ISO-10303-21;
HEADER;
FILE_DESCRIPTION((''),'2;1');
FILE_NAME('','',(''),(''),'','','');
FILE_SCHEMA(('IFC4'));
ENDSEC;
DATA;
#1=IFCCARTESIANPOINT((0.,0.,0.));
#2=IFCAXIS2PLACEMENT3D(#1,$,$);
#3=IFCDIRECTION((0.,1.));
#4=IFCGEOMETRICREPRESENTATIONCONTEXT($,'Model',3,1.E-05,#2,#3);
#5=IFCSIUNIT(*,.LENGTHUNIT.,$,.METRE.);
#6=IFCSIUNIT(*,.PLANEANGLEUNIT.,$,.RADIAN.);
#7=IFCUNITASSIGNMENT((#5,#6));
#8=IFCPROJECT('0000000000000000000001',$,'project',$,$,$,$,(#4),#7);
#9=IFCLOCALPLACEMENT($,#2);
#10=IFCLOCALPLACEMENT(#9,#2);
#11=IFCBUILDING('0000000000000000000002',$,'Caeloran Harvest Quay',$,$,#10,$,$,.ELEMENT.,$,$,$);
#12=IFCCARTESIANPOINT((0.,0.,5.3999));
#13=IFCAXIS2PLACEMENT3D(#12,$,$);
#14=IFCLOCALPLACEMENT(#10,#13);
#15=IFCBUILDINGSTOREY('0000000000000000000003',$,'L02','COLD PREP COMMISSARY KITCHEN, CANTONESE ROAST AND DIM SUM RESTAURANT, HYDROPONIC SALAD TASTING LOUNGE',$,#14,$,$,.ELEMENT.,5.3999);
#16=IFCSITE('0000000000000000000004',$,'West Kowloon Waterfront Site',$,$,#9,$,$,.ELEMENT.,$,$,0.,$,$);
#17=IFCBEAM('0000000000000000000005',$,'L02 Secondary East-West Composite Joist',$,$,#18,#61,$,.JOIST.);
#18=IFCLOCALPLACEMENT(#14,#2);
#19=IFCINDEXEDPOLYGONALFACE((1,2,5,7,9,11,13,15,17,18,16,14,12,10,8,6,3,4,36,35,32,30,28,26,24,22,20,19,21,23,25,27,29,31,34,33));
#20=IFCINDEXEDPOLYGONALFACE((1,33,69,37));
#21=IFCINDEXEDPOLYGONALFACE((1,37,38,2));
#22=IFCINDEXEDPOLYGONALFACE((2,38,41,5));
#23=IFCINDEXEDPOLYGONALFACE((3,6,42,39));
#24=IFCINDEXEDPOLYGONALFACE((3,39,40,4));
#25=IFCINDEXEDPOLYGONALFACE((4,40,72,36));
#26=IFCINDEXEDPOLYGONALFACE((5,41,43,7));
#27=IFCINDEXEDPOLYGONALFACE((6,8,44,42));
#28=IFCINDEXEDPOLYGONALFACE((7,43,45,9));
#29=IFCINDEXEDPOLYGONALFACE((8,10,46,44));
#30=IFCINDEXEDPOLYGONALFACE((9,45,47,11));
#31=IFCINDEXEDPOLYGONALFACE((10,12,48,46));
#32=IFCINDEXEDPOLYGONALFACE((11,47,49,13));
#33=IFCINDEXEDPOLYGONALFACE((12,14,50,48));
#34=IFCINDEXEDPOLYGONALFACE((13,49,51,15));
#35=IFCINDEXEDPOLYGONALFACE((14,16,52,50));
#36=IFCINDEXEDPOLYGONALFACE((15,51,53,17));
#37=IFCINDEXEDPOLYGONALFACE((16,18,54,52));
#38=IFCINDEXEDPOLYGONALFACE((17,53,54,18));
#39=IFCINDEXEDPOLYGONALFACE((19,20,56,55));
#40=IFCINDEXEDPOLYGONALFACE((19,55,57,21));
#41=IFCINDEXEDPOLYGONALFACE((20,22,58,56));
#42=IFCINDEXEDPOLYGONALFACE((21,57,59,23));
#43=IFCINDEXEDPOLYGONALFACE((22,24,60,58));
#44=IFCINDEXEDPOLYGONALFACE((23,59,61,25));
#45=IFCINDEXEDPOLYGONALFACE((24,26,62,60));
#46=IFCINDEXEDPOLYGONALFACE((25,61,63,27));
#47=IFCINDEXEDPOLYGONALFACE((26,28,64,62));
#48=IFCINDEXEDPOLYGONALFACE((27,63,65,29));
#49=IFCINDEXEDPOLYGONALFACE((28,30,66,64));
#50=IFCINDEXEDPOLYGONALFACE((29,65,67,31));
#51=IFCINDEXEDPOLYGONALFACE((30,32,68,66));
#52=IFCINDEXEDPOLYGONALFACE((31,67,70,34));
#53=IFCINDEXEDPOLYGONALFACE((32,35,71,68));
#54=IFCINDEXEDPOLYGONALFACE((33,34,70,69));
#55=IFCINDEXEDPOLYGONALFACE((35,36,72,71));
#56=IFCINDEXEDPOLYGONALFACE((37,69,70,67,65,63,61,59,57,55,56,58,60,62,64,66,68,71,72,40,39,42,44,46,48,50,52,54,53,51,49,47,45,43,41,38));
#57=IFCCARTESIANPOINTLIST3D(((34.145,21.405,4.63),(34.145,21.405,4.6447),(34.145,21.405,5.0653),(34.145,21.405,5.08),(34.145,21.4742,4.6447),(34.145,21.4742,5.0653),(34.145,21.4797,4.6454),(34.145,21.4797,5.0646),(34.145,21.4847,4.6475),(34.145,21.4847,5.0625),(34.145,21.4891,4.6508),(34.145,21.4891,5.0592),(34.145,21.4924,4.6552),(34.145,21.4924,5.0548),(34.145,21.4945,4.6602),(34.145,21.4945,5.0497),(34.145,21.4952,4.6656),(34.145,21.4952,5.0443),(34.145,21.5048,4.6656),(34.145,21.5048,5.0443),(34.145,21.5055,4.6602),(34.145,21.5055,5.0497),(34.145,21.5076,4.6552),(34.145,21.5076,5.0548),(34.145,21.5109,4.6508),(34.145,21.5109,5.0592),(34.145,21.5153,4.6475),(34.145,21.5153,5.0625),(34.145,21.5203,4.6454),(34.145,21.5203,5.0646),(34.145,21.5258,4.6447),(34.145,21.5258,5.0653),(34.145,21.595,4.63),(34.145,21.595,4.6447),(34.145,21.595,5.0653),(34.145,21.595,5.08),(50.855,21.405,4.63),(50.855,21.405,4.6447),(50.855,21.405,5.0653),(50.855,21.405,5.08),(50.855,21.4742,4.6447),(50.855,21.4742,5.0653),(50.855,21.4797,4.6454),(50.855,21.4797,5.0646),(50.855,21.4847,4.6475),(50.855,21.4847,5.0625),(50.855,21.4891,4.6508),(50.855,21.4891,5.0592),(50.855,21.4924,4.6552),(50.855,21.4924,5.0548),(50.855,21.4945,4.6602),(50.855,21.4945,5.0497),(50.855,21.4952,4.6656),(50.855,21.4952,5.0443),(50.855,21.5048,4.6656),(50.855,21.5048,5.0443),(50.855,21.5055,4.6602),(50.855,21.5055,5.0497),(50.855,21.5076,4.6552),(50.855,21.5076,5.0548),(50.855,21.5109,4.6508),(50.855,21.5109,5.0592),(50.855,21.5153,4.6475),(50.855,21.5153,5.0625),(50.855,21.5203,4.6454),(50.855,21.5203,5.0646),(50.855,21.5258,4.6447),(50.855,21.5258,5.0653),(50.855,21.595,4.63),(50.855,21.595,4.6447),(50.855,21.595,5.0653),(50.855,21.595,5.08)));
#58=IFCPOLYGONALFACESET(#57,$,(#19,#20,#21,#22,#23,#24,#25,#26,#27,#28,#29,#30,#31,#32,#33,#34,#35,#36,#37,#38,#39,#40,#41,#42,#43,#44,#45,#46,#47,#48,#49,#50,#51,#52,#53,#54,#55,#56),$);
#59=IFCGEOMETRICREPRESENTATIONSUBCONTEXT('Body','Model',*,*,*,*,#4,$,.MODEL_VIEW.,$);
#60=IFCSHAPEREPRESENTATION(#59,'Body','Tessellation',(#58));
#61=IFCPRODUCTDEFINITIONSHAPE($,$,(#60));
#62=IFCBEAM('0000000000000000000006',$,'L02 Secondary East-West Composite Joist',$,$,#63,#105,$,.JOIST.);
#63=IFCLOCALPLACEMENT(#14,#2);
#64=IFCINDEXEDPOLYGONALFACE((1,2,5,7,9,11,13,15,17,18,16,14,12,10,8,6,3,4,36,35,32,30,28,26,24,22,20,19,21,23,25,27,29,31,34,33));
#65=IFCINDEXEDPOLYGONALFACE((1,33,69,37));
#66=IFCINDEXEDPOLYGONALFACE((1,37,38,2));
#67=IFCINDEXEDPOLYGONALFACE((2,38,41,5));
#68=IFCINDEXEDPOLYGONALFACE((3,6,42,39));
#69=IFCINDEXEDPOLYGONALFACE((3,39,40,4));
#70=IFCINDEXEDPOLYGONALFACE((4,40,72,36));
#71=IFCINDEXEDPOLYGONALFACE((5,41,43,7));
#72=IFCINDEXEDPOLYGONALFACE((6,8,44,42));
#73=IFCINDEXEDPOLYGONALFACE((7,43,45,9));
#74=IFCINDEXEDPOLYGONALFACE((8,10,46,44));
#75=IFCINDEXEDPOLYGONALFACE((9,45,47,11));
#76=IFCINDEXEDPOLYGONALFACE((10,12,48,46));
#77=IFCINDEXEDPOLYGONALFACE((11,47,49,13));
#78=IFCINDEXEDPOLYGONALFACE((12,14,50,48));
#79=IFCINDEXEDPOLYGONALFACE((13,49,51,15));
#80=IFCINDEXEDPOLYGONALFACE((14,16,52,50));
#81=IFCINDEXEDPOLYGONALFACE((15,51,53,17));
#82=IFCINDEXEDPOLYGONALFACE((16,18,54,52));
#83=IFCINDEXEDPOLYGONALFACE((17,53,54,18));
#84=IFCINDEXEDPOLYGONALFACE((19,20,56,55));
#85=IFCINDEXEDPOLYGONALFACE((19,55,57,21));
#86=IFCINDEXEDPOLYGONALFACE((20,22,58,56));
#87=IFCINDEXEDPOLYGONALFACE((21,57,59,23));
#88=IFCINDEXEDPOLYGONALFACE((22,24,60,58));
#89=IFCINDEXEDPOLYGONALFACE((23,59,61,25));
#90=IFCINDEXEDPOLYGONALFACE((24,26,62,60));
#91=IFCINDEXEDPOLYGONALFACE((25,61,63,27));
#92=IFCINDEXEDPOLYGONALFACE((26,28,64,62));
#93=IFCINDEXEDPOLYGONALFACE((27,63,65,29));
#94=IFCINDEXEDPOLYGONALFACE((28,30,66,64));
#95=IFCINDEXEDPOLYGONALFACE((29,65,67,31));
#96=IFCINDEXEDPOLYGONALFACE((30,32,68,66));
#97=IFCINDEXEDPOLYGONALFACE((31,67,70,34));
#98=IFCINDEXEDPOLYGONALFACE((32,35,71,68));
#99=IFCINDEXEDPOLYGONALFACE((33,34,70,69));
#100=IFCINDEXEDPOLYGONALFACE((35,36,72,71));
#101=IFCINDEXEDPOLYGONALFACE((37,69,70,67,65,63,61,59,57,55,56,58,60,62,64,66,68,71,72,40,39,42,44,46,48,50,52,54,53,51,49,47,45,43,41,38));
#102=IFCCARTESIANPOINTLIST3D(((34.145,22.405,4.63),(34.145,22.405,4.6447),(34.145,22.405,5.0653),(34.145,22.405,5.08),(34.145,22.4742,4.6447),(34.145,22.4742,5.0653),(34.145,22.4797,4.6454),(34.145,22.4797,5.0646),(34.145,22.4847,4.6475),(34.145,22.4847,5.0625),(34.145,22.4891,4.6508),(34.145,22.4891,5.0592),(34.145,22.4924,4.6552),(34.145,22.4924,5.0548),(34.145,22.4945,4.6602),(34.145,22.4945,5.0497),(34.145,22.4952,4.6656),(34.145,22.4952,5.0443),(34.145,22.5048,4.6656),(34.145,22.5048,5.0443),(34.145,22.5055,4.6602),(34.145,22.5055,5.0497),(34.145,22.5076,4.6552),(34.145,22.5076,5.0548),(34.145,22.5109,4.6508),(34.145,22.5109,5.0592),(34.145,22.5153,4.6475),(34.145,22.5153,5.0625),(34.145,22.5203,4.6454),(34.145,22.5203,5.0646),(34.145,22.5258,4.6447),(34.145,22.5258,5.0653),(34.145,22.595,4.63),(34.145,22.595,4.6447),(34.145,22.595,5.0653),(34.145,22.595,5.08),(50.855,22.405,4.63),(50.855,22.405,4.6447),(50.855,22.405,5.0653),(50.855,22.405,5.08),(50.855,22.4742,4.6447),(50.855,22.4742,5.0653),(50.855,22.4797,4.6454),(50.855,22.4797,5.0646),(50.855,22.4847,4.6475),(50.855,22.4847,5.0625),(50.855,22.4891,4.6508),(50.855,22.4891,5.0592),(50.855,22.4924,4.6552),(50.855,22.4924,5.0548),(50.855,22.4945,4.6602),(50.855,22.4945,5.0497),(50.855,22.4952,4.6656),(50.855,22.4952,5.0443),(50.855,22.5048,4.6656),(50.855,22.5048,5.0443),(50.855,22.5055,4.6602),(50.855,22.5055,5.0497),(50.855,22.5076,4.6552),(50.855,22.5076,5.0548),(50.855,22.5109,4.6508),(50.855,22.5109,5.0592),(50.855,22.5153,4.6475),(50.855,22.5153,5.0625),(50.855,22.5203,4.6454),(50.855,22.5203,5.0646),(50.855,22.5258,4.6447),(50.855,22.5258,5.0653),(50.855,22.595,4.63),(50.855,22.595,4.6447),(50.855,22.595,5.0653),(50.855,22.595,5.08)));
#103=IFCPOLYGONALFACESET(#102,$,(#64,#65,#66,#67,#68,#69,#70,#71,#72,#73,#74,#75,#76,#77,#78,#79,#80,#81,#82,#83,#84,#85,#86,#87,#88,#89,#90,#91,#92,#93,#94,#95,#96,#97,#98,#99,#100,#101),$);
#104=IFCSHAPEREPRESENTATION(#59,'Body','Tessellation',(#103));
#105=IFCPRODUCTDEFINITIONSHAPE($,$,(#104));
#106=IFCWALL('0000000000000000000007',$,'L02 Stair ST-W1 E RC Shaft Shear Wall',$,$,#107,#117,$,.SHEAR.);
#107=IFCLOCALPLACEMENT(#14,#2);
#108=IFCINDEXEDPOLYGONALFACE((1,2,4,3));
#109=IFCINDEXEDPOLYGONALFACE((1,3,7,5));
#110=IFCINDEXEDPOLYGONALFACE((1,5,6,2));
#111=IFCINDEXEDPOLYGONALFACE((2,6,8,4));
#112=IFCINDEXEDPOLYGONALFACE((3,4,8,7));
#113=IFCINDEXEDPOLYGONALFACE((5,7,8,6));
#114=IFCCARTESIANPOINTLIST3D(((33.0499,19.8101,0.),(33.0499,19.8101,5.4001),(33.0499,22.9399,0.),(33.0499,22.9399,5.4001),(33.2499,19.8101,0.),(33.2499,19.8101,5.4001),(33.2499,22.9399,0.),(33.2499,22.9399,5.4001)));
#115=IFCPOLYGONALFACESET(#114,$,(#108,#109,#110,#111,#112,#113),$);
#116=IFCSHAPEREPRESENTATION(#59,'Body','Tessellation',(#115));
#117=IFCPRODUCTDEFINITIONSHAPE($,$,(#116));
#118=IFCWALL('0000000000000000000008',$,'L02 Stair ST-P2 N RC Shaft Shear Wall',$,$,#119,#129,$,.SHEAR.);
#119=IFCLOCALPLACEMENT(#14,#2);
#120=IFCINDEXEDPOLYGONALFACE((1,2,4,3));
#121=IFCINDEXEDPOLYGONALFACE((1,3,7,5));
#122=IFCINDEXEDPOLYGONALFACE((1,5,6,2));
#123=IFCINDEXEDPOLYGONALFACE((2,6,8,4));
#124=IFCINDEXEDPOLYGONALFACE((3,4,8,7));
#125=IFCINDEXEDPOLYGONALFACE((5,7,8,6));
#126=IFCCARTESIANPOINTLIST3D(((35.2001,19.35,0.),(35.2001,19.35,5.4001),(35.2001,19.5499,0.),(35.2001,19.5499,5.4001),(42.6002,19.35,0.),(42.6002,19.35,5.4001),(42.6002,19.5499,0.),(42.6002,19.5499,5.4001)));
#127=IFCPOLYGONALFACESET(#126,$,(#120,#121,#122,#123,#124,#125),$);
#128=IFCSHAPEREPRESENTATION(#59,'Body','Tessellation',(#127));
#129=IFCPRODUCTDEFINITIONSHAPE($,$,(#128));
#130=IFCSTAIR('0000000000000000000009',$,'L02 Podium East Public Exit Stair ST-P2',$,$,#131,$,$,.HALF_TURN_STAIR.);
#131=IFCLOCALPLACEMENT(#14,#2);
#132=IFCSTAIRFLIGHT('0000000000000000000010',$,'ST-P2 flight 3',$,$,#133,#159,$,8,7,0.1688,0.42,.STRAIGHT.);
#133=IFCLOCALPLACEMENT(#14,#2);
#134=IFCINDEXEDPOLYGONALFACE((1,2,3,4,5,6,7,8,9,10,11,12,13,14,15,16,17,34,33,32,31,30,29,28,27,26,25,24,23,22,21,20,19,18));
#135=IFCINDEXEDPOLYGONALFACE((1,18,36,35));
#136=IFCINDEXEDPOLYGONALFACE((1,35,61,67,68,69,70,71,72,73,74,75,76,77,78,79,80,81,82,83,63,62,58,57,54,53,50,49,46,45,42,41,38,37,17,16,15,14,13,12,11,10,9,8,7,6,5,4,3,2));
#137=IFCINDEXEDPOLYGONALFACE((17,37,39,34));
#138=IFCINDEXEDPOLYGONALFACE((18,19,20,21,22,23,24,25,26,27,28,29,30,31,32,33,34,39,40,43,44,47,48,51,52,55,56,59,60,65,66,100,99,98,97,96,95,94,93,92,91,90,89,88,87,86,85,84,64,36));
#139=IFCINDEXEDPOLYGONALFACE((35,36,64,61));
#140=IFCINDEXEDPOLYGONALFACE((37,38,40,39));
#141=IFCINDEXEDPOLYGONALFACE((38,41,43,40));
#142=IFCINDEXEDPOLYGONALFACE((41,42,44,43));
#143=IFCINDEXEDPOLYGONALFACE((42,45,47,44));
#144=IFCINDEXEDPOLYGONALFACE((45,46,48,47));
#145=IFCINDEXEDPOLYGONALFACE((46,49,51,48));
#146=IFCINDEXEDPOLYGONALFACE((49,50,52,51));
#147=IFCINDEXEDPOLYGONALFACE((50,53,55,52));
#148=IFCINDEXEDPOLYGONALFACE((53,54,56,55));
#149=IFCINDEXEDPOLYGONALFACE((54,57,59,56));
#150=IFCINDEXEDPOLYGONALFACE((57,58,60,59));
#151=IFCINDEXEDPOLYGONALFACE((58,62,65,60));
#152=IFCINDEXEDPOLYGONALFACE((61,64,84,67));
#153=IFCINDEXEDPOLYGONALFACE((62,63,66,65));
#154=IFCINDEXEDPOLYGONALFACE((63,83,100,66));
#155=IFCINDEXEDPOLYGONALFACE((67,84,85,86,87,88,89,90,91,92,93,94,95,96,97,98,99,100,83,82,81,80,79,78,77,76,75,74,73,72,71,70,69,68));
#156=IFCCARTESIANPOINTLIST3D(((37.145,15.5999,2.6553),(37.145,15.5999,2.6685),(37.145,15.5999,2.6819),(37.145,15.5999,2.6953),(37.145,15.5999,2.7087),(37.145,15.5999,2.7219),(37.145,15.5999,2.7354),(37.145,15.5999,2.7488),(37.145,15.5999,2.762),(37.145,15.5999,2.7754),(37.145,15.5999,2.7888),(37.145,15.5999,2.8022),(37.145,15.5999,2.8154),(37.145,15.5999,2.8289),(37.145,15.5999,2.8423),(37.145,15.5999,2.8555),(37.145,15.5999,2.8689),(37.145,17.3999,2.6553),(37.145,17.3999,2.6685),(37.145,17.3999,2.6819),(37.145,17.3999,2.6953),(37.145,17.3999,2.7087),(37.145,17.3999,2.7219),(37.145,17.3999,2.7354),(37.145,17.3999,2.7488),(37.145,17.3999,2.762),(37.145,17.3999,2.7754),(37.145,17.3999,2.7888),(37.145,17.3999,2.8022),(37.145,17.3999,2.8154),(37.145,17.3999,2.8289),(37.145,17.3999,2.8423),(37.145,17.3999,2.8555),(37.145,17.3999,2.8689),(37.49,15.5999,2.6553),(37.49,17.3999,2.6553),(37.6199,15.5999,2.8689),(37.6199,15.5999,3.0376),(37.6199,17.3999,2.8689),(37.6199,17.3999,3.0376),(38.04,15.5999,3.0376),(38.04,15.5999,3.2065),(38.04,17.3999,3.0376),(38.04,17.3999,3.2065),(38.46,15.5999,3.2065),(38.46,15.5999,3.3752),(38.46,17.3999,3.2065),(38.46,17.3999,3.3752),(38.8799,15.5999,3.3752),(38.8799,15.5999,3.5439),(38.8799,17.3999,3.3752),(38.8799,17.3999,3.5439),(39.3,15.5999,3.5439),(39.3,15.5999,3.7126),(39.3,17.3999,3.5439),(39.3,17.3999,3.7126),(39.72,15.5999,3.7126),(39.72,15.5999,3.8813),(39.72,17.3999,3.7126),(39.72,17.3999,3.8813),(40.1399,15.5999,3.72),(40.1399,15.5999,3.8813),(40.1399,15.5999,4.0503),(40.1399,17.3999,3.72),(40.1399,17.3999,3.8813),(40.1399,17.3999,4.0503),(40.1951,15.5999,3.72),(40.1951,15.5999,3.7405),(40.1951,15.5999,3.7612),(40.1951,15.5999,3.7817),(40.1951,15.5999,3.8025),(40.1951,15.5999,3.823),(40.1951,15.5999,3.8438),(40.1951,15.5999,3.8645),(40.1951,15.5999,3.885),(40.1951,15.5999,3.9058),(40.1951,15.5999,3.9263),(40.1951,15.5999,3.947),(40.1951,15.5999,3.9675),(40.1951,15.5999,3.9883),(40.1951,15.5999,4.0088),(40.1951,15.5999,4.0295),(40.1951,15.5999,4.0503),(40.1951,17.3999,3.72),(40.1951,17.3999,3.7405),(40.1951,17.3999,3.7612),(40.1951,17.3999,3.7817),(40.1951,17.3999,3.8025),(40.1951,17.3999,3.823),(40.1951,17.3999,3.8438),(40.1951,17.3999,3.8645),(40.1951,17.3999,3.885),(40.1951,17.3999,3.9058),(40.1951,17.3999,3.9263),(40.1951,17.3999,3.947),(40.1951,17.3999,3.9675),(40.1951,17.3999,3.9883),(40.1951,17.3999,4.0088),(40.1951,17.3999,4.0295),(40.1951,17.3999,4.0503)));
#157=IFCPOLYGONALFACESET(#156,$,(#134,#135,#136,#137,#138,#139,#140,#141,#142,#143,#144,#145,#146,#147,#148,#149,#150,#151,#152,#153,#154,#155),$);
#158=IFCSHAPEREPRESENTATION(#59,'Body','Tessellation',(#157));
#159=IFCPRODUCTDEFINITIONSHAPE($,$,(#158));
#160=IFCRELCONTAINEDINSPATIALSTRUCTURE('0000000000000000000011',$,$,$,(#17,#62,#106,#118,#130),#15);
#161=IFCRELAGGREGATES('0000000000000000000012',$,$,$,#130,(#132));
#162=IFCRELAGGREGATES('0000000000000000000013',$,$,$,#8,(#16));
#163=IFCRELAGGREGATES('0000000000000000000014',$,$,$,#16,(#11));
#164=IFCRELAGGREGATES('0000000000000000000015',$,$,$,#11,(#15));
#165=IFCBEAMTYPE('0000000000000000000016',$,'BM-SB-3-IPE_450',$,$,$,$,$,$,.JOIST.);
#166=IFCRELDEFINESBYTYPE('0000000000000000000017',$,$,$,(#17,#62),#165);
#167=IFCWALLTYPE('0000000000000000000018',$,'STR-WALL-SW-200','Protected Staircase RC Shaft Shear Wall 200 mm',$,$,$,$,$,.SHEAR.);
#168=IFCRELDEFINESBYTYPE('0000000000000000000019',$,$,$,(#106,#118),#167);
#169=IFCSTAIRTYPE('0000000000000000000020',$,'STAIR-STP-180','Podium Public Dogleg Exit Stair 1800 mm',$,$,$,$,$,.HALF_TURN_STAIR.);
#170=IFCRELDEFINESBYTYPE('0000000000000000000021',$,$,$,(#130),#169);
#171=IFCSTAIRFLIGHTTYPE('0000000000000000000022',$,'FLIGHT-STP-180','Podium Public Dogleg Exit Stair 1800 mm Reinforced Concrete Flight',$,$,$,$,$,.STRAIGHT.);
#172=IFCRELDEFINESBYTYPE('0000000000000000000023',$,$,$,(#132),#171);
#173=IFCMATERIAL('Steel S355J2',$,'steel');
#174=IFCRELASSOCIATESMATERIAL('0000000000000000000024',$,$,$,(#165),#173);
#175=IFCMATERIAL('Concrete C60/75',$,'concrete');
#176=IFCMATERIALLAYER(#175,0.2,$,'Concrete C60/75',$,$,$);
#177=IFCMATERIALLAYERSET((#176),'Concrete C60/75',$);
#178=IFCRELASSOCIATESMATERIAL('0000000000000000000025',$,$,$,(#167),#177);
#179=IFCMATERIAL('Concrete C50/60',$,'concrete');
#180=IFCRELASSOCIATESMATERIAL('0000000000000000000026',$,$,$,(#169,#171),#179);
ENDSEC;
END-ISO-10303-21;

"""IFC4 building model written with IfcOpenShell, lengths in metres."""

from ifc_helpers import new_model, si_unit, direction, frame, frame_2d, origin, origin_2d, place, context, subcontext, project, spatial, polyline, rectangle, i_section, outline, extrude, material, layer, layer_set, material_profile, profile_set, type_object, element, aggregate, save


model = new_model("IFC4")

# Units and contexts
model_context = context("Model", 3, precision=1e-05, world=origin(), true_north=direction((0.0, 1.0)))
body_context = subcontext(model_context, "Body", "Model", "MODEL_VIEW")
ifc_project = project(units=[si_unit("LENGTHUNIT", "METRE"), si_unit("PLANEANGLEUNIT", "RADIAN")], contexts=[model_context])

# Site, building, storey
site_placement = place(None, origin())
site = spatial("IfcSite", under=ifc_project, at=site_placement, Name="West Kowloon Waterfront Site", CompositionType="ELEMENT", RefElevation=0.0)
building_placement = place(site_placement, origin())
building = spatial("IfcBuilding", under=site, at=building_placement, Name="Caeloran Harvest Quay", CompositionType="ELEMENT")
storey_placement = place(building_placement, frame((0.0, 0.0, 5.3999)))
storey = spatial("IfcBuildingStorey", under=building, at=storey_placement, Name="L02", Description="COLD PREP COMMISSARY KITCHEN, CANTONESE ROAST AND DIM SUM RESTAURANT, HYDROPONIC SALAD TASTING LOUNGE", CompositionType="ELEMENT", Elevation=5.3999)

# Beams
ifc_material_1 = material(Name="Steel S355J2", Category="steel")
ifc_material_profile_1 = material_profile(ifc_material_1, i_section(OverallWidth=0.1899, OverallDepth=0.45, WebThickness=0.0095, FlangeThickness=0.0146, FilletRadius=0.021, at=origin_2d()), Name="IPE 450")
ifc_profile_set_1 = profile_set([ifc_material_profile_1], Name="Steel S355J2")
beam_type_1 = type_object("IfcBeamType", Name="BM-SB-3-IPE_450", PredefinedType="JOIST", material=ifc_profile_set_1)
for number, where, z_axis, x_axis, name in (
    (1, (34.145, 21.5, 4.855), (1.0, 0.0, 0.0), (0.0, 1.0, 0.0), "L02 Secondary East-West Composite Joist"),
    (2, (34.145, 22.5, 4.855), (1.0, 0.0, 0.0), (0.0, 1.0, 0.0), "L02 Secondary East-West Composite Joist"),
):
    element("IfcBeam", number, at=place(storey_placement, frame(where, z_axis=z_axis, x_axis=x_axis)), inside=storey, type_object=beam_type_1, Name=name, PredefinedType="JOIST", context=body_context, shape_type="SweptSolid", body=[
        extrude(i_section(OverallWidth=0.1899, OverallDepth=0.45, WebThickness=0.0095, FlangeThickness=0.0146, FilletRadius=0.021, at=origin_2d()), origin(), (0.0, 0.0, 1.0), 16.71),
    ])

# Walls
ifc_material_2 = material(Name="Concrete C60/75", Category="concrete")
ifc_layer_1 = layer(ifc_material_2, 0.2, Name="Concrete C60/75")
ifc_layer_set_1 = layer_set([ifc_layer_1], Name="Concrete C60/75")
wall_type = type_object("IfcWallType", Name="STR-WALL-SW-200", Description="Protected Staircase RC Shaft Shear Wall 200 mm", PredefinedType="SHEAR", material=ifc_layer_set_1)
wall_1_placement = place(storey_placement, frame((33.1499, 19.8101, 0.0), z_axis=(0.0, 0.0, 1.0), x_axis=(0.0, 1.0, 0.0)))
element("IfcWall", 3, at=wall_1_placement, inside=storey, type_object=wall_type, Name="L02 Stair ST-W1 E RC Shaft Shear Wall", PredefinedType="SHEAR", context=body_context, shape_type="SweptSolid", body=[
    extrude(rectangle(XDim=3.1299, YDim=0.2, at=frame_2d((1.5649, 0.0))), origin(), (0.0, 0.0, 1.0), 5.4001),
])
wall_2_placement = place(storey_placement, frame((35.2, 19.45, 0.0), z_axis=(0.0, 0.0, 1.0), x_axis=(1.0, 0.0, 0.0)))
element("IfcWall", 4, at=wall_2_placement, inside=storey, type_object=wall_type, Name="L02 Stair ST-P2 N RC Shaft Shear Wall", PredefinedType="SHEAR", context=body_context, shape_type="SweptSolid", body=[
    extrude(rectangle(XDim=7.4001, YDim=0.2, at=frame_2d((3.7002, 0.0))), origin(), (0.0, 0.0, 1.0), 5.4001),
])

# Stair, stair flight
ifc_material_3 = material(Name="Concrete C50/60", Category="concrete")
stair_type_1 = type_object("IfcStairType", Name="STAIR-STP-180", Description="Podium Public Dogleg Exit Stair 1800 mm", PredefinedType="HALF_TURN_STAIR", material=ifc_material_3)
stair_1_placement = place(storey_placement, origin())
stair_1 = element("IfcStair", 5, at=stair_1_placement, inside=storey, type_object=stair_type_1, Name="L02 Podium East Public Exit Stair ST-P2", PredefinedType="HALF_TURN_STAIR")
stair_flight_type_1 = type_object("IfcStairFlightType", Name="FLIGHT-STP-180", Description="Podium Public Dogleg Exit Stair 1800 mm Reinforced Concrete Flight", PredefinedType="STRAIGHT", material=ifc_material_3)
stair_flight_1_placement = place(storey_placement, frame((37.2, 16.5, 2.7002), z_axis=(0.0, 0.0, 1.0), x_axis=(1.0, 0.0, 0.0)))
stair_flight_1 = element("IfcStairFlight", 6, at=stair_flight_1_placement, type_object=stair_flight_type_1, Name="ST-P2 flight 3", NumberOfRisers=8, NumberOfTreads=7, PredefinedType="STRAIGHT", RiserHeight=0.1688, TreadLength=0.42, context=body_context, shape_type="SweptSolid", body=[
    extrude(outline(polyline([(-0.0549, -0.0449), (-0.0549, -0.0317), (-0.0549, -0.0183), (-0.0549, -0.0049), (-0.0549, 0.0085), (-0.0549, 0.0217), (-0.0549, 0.0352), (-0.0549, 0.0486), (-0.0549, 0.0618), (-0.0549, 0.0752), (-0.0549, 0.0886), (-0.0549, 0.1021), (-0.0549, 0.1152), (-0.0549, 0.1287), (-0.0549, 0.1421), (-0.0549, 0.1553), (-0.0549, 0.1687), (0.4199, 0.1687), (0.4199, 0.3374), (0.8401, 0.3374), (0.8401, 0.5063), (1.26, 0.5063), (1.26, 0.675), (1.6799, 0.675), (1.6799, 0.8438), (2.1001, 0.8438), (2.1001, 1.0125), (2.52, 1.0125), (2.52, 1.1812), (2.9399, 1.1812), (2.9399, 1.3501), (2.9951, 1.3501), (2.9951, 1.3293), (2.9951, 1.3086), (2.9951, 1.2881), (2.9951, 1.2673), (2.9951, 1.2468), (2.9951, 1.2261), (2.9951, 1.2056), (2.9951, 1.1848), (2.9951, 1.1643), (2.9951, 1.1436), (2.9951, 1.1228), (2.9951, 1.1023), (2.9951, 1.0815), (2.9951, 1.061), (2.9951, 1.0403), (2.9951, 1.0198), (2.9399, 1.0198), (0.29, -0.0449), (-0.0549, -0.0449)])), frame((0.0, 0.8999, 0.0), z_axis=(0.0, -1.0, 0.0), x_axis=(1.0, 0.0, 0.0)), (0.0, 0.0, 1.0), 1.8),
])
aggregate(stair_1, [stair_flight_1])

save(model, "model.ifc")
